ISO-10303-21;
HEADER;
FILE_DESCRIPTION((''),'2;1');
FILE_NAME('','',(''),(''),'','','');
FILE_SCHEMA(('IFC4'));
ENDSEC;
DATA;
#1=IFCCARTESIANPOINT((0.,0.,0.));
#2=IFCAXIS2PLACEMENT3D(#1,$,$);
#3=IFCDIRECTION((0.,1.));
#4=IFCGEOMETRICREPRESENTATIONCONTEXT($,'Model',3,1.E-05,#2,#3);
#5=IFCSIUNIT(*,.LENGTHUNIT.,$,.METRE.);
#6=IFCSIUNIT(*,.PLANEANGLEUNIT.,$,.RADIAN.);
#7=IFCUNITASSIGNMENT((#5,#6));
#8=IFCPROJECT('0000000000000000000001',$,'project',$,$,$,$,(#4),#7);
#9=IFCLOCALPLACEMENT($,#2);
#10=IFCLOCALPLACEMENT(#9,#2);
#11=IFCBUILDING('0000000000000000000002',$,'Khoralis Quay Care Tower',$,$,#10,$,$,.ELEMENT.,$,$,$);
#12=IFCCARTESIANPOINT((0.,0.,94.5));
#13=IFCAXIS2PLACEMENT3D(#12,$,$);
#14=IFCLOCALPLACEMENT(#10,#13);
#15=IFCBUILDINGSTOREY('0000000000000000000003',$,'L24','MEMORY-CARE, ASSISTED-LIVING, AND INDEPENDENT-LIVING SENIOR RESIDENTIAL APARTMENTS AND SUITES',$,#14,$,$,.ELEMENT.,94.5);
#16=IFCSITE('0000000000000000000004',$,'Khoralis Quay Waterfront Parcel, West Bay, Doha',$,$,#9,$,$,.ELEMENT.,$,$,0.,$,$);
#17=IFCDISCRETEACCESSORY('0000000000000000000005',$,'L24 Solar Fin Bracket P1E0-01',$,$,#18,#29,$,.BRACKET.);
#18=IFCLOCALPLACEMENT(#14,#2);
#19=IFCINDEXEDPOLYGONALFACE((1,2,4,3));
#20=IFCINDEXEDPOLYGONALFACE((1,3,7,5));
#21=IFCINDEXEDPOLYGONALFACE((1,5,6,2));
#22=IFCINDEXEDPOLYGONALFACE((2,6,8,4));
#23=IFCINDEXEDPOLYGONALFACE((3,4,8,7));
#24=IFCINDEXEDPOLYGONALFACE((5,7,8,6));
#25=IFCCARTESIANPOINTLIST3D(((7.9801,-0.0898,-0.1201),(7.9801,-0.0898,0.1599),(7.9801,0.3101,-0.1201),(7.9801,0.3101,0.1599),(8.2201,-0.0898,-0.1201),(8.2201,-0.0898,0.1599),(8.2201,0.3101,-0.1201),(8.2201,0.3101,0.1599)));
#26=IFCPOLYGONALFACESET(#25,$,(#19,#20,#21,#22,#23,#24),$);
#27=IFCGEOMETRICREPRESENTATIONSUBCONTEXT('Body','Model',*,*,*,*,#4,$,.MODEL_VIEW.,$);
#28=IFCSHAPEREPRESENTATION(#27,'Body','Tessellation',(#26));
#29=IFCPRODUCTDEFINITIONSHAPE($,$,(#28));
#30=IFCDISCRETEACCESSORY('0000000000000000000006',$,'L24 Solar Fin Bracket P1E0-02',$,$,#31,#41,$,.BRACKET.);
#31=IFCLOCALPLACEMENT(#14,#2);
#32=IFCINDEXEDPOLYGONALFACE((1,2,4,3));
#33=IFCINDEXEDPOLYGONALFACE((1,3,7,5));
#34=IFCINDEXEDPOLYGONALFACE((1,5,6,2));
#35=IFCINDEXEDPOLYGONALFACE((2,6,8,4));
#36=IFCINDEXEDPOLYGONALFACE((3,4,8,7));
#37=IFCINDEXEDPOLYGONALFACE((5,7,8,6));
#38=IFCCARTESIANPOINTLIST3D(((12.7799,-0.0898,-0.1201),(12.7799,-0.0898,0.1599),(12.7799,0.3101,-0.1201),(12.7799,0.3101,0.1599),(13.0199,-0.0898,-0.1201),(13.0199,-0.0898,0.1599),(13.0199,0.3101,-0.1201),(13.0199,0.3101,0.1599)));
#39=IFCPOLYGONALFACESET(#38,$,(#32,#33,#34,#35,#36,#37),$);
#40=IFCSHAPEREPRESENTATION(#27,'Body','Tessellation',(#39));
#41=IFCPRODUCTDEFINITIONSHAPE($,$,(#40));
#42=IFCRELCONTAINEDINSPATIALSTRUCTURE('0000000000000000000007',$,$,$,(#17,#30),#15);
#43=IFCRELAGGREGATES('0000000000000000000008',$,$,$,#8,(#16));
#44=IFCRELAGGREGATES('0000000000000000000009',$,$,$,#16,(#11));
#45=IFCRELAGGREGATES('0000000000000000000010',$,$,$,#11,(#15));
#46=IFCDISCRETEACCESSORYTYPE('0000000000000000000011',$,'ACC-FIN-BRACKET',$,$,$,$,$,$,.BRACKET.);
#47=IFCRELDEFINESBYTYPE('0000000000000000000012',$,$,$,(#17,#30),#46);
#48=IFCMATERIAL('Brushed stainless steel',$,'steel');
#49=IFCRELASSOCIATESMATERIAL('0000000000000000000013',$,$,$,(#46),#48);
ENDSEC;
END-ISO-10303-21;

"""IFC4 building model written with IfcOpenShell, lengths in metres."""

from ifc_helpers import new_model, si_unit, direction, frame, origin, origin_2d, place, context, subcontext, project, spatial, rectangle, extrude, source, transform, mapped, material, type_object, element, save


model = new_model("IFC4")

# Units and contexts
model_context = context("Model", 3, precision=1e-05, world=origin(), true_north=direction((0.0, 1.0)))
body_context = subcontext(model_context, "Body", "Model", "MODEL_VIEW")
ifc_project = project(units=[si_unit("LENGTHUNIT", "METRE"), si_unit("PLANEANGLEUNIT", "RADIAN")], contexts=[model_context])

# Site, building, storey
site_placement = place(None, origin())
site = spatial("IfcSite", under=ifc_project, at=site_placement, Name="Khoralis Quay Waterfront Parcel, West Bay, Doha", CompositionType="ELEMENT", RefElevation=0.0)
building_placement = place(site_placement, origin())
building = spatial("IfcBuilding", under=site, at=building_placement, Name="Khoralis Quay Care Tower", CompositionType="ELEMENT")
storey_placement = place(building_placement, frame((0.0, 0.0, 94.5)))
storey = spatial("IfcBuildingStorey", under=building, at=storey_placement, Name="L24", Description="MEMORY-CARE, ASSISTED-LIVING, AND INDEPENDENT-LIVING SENIOR RESIDENTIAL APARTMENTS AND SUITES", CompositionType="ELEMENT", Elevation=94.5)

# Discrete accessories
ifc_material_1 = material(Name="Brushed stainless steel", Category="steel")
discrete_accessory_type = type_object("IfcDiscreteAccessoryType", Name="ACC-FIN-BRACKET", PredefinedType="BRACKET", material=ifc_material_1)
shared_shape_1 = source(origin(), body_context, "Body", "SweptSolid", [
    extrude(rectangle(XDim=0.3999, YDim=0.24, at=origin_2d()), origin(), (0.0, 0.0, 1.0), 0.28),
])
for number, where, z_axis, x_axis, name in (
    (1, (8.1001, 0.1101, -0.1201), (0.0, 0.0, 1.0), (0.0, -1.0, 0.0), "L24 Solar Fin Bracket P1E0-01"),
    (2, (12.8999, 0.1101, -0.1201), (0.0, 0.0, 1.0), (0.0, -1.0, 0.0), "L24 Solar Fin Bracket P1E0-02"),
):
    element("IfcDiscreteAccessory", number, at=place(storey_placement, frame(where, z_axis=z_axis, x_axis=x_axis)), inside=storey, type_object=discrete_accessory_type, Name=name, PredefinedType="BRACKET", context=body_context, shape_type="MappedRepresentation", body=[
        mapped(shared_shape_1, transform((0.0, 0.0, 0.0), scale=1.0)),
    ])

save(model, "model.ifc")
